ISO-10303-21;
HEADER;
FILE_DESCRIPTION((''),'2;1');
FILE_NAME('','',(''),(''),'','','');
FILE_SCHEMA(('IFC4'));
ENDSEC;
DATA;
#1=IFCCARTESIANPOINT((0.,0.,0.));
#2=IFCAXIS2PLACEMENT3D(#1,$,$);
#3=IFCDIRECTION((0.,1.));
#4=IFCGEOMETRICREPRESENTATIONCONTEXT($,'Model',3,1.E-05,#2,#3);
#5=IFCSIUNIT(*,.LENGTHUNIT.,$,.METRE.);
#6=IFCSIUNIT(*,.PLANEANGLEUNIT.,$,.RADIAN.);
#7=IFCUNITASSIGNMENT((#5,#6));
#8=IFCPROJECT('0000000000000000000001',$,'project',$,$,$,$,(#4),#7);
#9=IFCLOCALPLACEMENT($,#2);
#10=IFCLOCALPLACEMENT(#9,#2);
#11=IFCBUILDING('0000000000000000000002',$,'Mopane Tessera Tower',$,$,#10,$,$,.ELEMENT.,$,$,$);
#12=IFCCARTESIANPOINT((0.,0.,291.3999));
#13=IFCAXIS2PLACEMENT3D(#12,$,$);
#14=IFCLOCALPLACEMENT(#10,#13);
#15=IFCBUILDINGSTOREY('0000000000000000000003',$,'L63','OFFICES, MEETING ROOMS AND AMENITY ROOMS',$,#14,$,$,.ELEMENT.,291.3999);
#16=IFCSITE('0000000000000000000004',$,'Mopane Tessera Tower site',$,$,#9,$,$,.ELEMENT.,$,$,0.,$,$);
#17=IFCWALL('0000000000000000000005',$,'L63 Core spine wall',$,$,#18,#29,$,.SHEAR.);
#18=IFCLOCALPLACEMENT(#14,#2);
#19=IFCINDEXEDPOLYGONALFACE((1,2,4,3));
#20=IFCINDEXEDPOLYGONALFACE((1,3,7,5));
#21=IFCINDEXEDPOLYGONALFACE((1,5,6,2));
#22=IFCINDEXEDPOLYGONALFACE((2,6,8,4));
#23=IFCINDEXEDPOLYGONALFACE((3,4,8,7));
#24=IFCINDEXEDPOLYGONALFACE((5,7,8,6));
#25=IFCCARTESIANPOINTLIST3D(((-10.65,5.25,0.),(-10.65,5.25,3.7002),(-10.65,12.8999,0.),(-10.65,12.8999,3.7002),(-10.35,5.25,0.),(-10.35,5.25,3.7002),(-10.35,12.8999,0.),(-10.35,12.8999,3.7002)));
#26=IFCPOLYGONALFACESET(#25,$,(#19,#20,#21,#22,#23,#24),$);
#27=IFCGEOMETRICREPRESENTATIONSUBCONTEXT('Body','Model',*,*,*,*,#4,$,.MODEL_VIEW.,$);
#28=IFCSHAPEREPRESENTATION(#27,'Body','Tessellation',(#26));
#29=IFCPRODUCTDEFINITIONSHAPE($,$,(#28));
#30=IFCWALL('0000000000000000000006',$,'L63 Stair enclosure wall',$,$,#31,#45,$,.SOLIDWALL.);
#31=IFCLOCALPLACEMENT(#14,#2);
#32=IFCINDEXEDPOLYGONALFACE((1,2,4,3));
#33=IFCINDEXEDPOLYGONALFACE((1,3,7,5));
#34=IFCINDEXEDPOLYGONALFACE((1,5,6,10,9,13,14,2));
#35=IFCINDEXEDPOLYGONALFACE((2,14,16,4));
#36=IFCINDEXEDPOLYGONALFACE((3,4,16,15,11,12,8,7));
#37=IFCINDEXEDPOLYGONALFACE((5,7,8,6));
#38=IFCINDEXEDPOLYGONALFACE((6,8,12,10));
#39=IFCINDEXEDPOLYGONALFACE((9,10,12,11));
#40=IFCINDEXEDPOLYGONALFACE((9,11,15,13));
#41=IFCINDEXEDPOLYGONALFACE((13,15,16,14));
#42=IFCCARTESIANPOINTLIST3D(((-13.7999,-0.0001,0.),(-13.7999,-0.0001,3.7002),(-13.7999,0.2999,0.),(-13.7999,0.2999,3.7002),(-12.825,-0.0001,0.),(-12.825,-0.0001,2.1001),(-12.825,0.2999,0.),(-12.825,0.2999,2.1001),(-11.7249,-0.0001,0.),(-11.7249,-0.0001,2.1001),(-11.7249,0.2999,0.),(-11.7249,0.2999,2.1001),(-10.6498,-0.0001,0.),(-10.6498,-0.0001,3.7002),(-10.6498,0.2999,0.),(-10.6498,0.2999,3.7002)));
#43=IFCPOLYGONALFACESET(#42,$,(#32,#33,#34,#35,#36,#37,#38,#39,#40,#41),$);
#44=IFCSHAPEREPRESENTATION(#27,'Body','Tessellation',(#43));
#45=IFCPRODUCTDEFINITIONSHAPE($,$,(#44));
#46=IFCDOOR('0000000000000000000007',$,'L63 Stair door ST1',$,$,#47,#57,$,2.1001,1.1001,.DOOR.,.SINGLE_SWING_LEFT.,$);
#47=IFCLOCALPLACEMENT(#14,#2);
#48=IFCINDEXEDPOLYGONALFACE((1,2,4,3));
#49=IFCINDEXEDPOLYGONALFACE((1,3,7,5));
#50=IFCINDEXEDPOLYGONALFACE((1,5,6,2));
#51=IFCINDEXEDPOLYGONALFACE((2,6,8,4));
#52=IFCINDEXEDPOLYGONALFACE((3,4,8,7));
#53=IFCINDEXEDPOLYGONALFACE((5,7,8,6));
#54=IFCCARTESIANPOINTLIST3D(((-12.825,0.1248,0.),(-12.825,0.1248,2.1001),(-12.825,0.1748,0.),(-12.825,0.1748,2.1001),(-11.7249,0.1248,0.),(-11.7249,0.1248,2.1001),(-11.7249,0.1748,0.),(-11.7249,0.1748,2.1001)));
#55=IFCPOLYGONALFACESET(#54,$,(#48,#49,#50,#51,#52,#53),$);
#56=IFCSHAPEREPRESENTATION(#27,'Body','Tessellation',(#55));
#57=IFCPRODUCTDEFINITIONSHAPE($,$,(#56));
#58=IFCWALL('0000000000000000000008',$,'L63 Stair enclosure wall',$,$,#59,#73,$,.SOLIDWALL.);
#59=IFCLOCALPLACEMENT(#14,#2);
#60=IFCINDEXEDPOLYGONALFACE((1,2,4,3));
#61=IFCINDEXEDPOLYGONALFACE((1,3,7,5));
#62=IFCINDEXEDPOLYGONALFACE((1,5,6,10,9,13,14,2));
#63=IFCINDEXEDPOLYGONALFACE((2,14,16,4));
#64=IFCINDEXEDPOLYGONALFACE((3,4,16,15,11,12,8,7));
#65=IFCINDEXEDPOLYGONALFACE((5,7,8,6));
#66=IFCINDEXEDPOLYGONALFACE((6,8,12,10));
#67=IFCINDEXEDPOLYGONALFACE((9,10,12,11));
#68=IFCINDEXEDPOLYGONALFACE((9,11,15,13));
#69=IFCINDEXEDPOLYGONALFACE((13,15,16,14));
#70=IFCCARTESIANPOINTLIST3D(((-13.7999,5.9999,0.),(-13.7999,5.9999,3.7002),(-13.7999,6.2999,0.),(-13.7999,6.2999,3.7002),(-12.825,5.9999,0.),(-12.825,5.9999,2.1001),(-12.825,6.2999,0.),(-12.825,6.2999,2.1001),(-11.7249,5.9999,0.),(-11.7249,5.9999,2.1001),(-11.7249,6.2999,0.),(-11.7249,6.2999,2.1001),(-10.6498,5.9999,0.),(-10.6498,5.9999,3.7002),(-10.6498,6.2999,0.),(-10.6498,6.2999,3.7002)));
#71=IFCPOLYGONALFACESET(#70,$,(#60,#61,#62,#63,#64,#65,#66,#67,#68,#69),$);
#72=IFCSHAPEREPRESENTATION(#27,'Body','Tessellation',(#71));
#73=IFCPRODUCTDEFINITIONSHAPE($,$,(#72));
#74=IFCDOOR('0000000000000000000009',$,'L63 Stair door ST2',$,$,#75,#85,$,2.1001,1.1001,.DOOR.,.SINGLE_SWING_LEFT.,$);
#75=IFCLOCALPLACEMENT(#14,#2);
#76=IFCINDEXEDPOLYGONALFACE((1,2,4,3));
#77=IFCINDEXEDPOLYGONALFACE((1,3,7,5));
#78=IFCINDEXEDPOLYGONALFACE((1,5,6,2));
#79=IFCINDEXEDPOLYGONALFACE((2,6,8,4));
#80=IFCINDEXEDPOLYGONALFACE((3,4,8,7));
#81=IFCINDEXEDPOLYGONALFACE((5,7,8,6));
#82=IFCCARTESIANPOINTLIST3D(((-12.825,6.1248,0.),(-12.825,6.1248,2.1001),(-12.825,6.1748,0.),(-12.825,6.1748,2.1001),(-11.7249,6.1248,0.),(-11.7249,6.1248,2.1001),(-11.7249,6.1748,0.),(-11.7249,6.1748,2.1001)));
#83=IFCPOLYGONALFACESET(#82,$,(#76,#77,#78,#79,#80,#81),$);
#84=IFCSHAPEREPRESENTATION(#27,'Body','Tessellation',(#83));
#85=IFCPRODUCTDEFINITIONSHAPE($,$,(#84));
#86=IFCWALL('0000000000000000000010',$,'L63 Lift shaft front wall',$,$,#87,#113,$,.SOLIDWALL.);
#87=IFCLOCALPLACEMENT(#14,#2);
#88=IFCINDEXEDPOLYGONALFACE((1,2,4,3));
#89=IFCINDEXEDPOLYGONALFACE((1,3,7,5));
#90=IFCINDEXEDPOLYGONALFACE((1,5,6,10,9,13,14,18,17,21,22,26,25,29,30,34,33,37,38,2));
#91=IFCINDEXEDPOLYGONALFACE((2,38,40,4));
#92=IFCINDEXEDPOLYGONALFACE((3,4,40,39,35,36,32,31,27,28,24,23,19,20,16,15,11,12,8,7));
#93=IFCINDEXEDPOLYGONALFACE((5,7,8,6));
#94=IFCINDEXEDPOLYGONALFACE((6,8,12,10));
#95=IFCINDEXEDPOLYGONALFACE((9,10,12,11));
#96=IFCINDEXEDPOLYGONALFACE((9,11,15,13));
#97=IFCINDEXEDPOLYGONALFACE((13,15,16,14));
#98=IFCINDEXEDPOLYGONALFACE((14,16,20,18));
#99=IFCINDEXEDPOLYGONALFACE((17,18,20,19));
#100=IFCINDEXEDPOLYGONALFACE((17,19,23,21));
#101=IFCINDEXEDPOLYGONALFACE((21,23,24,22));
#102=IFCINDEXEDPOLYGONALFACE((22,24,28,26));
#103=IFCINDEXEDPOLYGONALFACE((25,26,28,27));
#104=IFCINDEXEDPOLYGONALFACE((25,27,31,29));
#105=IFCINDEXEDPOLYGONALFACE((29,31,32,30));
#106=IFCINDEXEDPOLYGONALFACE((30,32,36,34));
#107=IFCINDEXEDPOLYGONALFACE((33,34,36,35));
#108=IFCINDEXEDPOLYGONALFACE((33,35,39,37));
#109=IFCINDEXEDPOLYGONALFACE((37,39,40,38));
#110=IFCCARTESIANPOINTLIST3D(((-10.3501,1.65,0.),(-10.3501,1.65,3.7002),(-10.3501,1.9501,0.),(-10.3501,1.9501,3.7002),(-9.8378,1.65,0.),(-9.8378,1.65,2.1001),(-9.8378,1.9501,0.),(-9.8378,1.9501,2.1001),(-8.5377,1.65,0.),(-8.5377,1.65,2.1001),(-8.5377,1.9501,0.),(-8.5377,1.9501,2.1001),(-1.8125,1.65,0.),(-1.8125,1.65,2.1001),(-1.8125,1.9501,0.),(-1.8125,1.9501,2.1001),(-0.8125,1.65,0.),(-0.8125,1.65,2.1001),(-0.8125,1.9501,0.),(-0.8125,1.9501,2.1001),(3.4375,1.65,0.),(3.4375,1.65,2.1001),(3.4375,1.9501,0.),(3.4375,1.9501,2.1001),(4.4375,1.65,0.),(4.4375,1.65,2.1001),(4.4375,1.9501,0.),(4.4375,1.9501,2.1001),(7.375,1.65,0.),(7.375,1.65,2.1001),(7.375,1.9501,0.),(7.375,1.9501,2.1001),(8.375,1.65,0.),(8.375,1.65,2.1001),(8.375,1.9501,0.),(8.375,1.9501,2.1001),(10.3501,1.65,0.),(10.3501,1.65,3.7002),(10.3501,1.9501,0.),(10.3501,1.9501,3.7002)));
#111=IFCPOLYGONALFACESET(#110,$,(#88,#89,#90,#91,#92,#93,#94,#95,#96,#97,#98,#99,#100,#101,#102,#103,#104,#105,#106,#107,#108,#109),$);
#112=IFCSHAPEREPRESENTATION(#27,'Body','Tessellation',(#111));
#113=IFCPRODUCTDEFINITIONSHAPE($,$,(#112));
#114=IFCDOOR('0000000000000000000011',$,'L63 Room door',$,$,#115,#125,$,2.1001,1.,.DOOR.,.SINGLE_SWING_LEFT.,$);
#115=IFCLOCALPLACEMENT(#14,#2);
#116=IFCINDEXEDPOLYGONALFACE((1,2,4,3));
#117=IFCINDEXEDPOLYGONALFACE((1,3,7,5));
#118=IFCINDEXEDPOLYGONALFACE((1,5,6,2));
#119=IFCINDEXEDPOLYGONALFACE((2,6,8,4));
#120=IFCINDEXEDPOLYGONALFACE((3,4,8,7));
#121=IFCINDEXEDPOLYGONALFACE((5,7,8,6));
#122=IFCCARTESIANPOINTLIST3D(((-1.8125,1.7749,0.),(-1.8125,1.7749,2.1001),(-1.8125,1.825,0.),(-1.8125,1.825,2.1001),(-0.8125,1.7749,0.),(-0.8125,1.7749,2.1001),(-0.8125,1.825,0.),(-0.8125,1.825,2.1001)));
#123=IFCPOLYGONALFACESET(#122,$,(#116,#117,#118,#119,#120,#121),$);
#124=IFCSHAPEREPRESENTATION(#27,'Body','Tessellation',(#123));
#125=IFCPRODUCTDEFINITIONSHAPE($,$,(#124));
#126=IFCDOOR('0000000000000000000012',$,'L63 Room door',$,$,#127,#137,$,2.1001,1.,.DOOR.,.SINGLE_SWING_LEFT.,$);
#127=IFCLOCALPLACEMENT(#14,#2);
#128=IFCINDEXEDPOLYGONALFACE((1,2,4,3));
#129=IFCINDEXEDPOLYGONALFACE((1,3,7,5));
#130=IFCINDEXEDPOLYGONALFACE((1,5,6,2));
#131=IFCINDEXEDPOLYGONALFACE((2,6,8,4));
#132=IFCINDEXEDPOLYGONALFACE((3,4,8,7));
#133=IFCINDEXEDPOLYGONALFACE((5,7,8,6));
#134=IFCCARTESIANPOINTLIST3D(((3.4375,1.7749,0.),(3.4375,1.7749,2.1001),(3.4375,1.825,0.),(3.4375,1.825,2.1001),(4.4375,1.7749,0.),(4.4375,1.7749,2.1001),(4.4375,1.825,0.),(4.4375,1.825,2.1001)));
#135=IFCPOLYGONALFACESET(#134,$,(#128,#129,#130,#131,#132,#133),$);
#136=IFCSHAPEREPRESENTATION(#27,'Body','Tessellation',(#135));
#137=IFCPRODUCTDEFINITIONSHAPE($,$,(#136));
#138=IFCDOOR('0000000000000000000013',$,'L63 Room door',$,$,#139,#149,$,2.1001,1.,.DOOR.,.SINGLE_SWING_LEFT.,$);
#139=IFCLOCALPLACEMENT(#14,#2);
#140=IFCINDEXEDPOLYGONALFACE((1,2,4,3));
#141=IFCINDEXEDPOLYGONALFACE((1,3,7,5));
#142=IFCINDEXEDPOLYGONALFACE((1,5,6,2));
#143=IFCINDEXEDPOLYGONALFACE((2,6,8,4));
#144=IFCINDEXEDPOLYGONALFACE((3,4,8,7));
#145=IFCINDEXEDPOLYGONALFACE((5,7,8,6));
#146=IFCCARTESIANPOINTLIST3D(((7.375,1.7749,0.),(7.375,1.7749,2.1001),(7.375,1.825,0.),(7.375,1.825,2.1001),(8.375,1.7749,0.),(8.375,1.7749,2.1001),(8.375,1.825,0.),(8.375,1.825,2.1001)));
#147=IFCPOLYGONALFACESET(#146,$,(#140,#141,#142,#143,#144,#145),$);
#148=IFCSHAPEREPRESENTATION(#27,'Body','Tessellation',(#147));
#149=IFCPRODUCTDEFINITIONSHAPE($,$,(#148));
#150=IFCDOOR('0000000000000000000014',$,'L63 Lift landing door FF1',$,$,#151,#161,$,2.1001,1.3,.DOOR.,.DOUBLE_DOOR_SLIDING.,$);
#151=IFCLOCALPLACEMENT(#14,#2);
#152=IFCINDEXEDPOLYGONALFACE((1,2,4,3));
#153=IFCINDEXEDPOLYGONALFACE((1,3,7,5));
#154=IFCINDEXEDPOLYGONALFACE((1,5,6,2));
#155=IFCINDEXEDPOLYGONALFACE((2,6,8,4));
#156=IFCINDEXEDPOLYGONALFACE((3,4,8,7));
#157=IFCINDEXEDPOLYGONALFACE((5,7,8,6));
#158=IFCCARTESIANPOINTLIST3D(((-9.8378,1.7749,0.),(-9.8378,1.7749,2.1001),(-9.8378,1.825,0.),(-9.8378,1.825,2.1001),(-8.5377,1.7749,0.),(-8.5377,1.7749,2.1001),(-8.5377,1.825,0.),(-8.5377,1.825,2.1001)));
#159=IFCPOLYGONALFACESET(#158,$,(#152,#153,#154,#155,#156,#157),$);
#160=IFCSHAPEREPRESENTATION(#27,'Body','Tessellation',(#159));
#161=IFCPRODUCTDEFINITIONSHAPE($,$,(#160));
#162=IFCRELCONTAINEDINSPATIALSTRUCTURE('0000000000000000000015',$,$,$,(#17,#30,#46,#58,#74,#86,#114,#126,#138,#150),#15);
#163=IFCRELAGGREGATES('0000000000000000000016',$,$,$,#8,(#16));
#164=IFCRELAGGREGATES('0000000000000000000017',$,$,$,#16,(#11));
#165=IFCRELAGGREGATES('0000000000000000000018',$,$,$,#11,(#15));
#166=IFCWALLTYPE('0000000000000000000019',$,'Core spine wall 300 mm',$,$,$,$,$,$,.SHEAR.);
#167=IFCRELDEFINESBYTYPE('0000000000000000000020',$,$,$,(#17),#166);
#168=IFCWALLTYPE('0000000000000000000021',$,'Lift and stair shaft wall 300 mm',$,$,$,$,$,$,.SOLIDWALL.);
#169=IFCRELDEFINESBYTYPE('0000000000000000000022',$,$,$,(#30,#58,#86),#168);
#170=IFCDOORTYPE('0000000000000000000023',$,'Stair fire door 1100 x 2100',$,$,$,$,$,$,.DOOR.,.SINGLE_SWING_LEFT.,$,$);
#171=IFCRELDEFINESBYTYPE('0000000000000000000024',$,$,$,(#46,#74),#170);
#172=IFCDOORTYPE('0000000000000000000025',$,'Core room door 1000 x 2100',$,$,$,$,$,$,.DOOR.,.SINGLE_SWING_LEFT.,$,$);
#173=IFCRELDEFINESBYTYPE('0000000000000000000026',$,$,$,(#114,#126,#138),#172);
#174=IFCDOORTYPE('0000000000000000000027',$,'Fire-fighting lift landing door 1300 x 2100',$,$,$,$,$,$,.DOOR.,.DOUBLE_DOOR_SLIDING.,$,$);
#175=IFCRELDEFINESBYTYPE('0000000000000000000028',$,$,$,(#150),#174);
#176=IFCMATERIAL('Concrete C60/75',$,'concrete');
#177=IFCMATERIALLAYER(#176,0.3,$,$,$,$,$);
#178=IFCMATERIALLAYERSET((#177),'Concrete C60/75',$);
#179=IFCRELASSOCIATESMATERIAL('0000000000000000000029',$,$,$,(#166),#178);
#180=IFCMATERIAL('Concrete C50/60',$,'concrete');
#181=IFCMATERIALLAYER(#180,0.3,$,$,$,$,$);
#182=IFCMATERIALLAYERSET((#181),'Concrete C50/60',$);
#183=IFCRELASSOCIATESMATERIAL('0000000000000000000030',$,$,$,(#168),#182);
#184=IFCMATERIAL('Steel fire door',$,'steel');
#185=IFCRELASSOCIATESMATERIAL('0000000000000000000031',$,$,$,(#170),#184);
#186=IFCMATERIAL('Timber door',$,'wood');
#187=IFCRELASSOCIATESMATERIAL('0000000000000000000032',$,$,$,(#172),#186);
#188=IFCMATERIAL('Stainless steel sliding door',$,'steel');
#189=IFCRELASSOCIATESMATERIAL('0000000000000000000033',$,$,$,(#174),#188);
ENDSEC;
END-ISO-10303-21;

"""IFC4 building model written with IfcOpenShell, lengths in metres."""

from ifc_helpers import new_model, si_unit, direction, frame, frame_2d, origin, place, context, subcontext, project, spatial, rectangle, extrude, material, layer, layer_set, type_object, element, fill, save


model = new_model("IFC4")

# Units and contexts
model_context = context("Model", 3, precision=1e-05, world=origin(), true_north=direction((0.0, 1.0)))
body_context = subcontext(model_context, "Body", "Model", "MODEL_VIEW")
ifc_project = project(units=[si_unit("LENGTHUNIT", "METRE"), si_unit("PLANEANGLEUNIT", "RADIAN")], contexts=[model_context])

# Site, building, storey
site_placement = place(None, origin())
site = spatial("IfcSite", under=ifc_project, at=site_placement, Name="Mopane Tessera Tower site", CompositionType="ELEMENT", RefElevation=0.0)
building_placement = place(site_placement, origin())
building = spatial("IfcBuilding", under=site, at=building_placement, Name="Mopane Tessera Tower", CompositionType="ELEMENT")
storey_placement = place(building_placement, frame((0.0, 0.0, 291.3999)))
storey = spatial("IfcBuildingStorey", under=building, at=storey_placement, Name="L63", Description="OFFICES, MEETING ROOMS AND AMENITY ROOMS", CompositionType="ELEMENT", Elevation=291.3999)

# Wall
ifc_material_1 = material(Name="Concrete C60/75", Category="concrete")
ifc_layer_1 = layer(ifc_material_1, 0.3)
ifc_layer_set_1 = layer_set([ifc_layer_1], Name="Concrete C60/75")
wall_type_1 = type_object("IfcWallType", Name="Core spine wall 300 mm", PredefinedType="SHEAR", material=ifc_layer_set_1)
wall_1_placement = place(storey_placement, frame((-10.5, 5.25, 0.0), z_axis=(0.0, 0.0, 1.0), x_axis=(0.0, 1.0, 0.0)))
element("IfcWall", 1, at=wall_1_placement, inside=storey, type_object=wall_type_1, Name="L63 Core spine wall", PredefinedType="SHEAR", context=body_context, shape_type="SweptSolid", body=[
    extrude(rectangle(XDim=7.6499, YDim=0.3, at=frame_2d((3.825, 0.0))), origin(), (0.0, 0.0, 1.0), 3.7002),
])

# Walls, openings, doors
ifc_material_2 = material(Name="Concrete C50/60", Category="concrete")
ifc_layer_2 = layer(ifc_material_2, 0.3)
ifc_layer_set_2 = layer_set([ifc_layer_2], Name="Concrete C50/60")
wall_type_2 = type_object("IfcWallType", Name="Lift and stair shaft wall 300 mm", PredefinedType="SOLIDWALL", material=ifc_layer_set_2)
wall_2_placement = place(storey_placement, frame((-13.8, 0.1499, 0.0), z_axis=(0.0, 0.0, 1.0), x_axis=(1.0, 0.0, 0.0)))
wall_2 = element("IfcWall", 2, at=wall_2_placement, inside=storey, type_object=wall_type_2, Name="L63 Stair enclosure wall", PredefinedType="SOLIDWALL", context=body_context, shape_type="SweptSolid", body=[
    extrude(rectangle(XDim=3.1501, YDim=0.3, at=frame_2d((1.5752, 0.0))), origin(), (0.0, 0.0, 1.0), 3.7002),
])
opening_1_placement = place(wall_2_placement, frame((0.9751, 0.0, 0.0)))
opening_1 = element("IfcOpeningElement", 3, at=opening_1_placement, cuts=wall_2, PredefinedType="OPENING", context=body_context, shape_type="SweptSolid", body=[
    extrude(rectangle(XDim=1.1001, YDim=2.1001, at=frame_2d((0.55, 1.05))), frame((0.0, 0.1621, 0.0), z_axis=(0.0, -1.0, 0.0), x_axis=(1.0, 0.0, 0.0)), (0.0, 0.0, 1.0), 0.324),
])
ifc_material_3 = material(Name="Steel fire door", Category="steel")
door_type_1 = type_object("IfcDoorType", Name="Stair fire door 1100 x 2100", OperationType="SINGLE_SWING_LEFT", PredefinedType="DOOR", material=ifc_material_3)
door_1_placement = place(opening_1_placement, origin())
door_1 = element("IfcDoor", 4, at=door_1_placement, inside=storey, type_object=door_type_1, Name="L63 Stair door ST1", OperationType="SINGLE_SWING_LEFT", OverallHeight=2.1001, OverallWidth=1.1001, PredefinedType="DOOR", context=body_context, shape_type="SweptSolid", body=[
    extrude(rectangle(XDim=1.1001, YDim=2.1001, at=frame_2d((0.55, 1.05))), frame((0.0, 0.0249, 0.0), z_axis=(0.0, -1.0, 0.0), x_axis=(1.0, 0.0, 0.0)), (0.0, 0.0, 1.0), 0.05),
])
fill(opening_1, door_1)
wall_3_placement = place(storey_placement, frame((-13.8, 6.1499, 0.0), z_axis=(0.0, 0.0, 1.0), x_axis=(1.0, 0.0, 0.0)))
wall_3 = element("IfcWall", 5, at=wall_3_placement, inside=storey, type_object=wall_type_2, Name="L63 Stair enclosure wall", PredefinedType="SOLIDWALL", context=body_context, shape_type="SweptSolid", body=[
    extrude(rectangle(XDim=3.1501, YDim=0.3, at=frame_2d((1.5752, 0.0))), origin(), (0.0, 0.0, 1.0), 3.7002),
])
opening_2_placement = place(wall_3_placement, frame((0.9751, 0.0, 0.0)))
opening_2 = element("IfcOpeningElement", 6, at=opening_2_placement, cuts=wall_3, PredefinedType="OPENING", context=body_context, shape_type="SweptSolid", body=[
    extrude(rectangle(XDim=1.1001, YDim=2.1001, at=frame_2d((0.55, 1.05))), frame((0.0, 0.1621, 0.0), z_axis=(0.0, -1.0, 0.0), x_axis=(1.0, 0.0, 0.0)), (0.0, 0.0, 1.0), 0.324),
])
door_2_placement = place(opening_2_placement, origin())
door_2 = element("IfcDoor", 7, at=door_2_placement, inside=storey, type_object=door_type_1, Name="L63 Stair door ST2", OperationType="SINGLE_SWING_LEFT", OverallHeight=2.1001, OverallWidth=1.1001, PredefinedType="DOOR", context=body_context, shape_type="SweptSolid", body=[
    extrude(rectangle(XDim=1.1001, YDim=2.1001, at=frame_2d((0.55, 1.05))), frame((0.0, 0.0249, 0.0), z_axis=(0.0, -1.0, 0.0), x_axis=(1.0, 0.0, 0.0)), (0.0, 0.0, 1.0), 0.05),
])
fill(opening_2, door_2)

# Wall, openings, doors
wall_4_placement = place(storey_placement, frame((-10.3501, 1.8, 0.0), z_axis=(0.0, 0.0, 1.0), x_axis=(1.0, 0.0, 0.0)))
wall_4 = element("IfcWall", 8, at=wall_4_placement, inside=storey, type_object=wall_type_2, Name="L63 Lift shaft front wall", PredefinedType="SOLIDWALL", context=body_context, shape_type="SweptSolid", body=[
    extrude(rectangle(XDim=20.7002, YDim=0.3, at=frame_2d((10.3501, 0.0))), origin(), (0.0, 0.0, 1.0), 3.7002),
])
opening_3_placement = place(wall_4_placement, frame((0.5125, 0.0, 0.0)))
opening_3 = element("IfcOpeningElement", 9, at=opening_3_placement, cuts=wall_4, PredefinedType="OPENING", context=body_context, shape_type="SweptSolid", body=[
    extrude(rectangle(XDim=1.3, YDim=2.1001, at=frame_2d((0.6499, 1.05))), frame((0.0, 0.1621, 0.0), z_axis=(0.0, -1.0, 0.0), x_axis=(1.0, 0.0, 0.0)), (0.0, 0.0, 1.0), 0.324),
])
opening_4_placement = place(wall_4_placement, frame((8.5376, 0.0, 0.0)))
opening_4 = element("IfcOpeningElement", 10, at=opening_4_placement, cuts=wall_4, PredefinedType="OPENING", context=body_context, shape_type="SweptSolid", body=[
    extrude(rectangle(XDim=1.0, YDim=2.1001, at=frame_2d((0.5, 1.05))), frame((0.0, 0.1621, 0.0), z_axis=(0.0, -1.0, 0.0), x_axis=(1.0, 0.0, 0.0)), (0.0, 0.0, 1.0), 0.324),
])
opening_5_placement = place(wall_4_placement, frame((13.7876, 0.0, 0.0)))
opening_5 = element("IfcOpeningElement", 11, at=opening_5_placement, cuts=wall_4, PredefinedType="OPENING", context=body_context, shape_type="SweptSolid", body=[
    extrude(rectangle(XDim=1.0, YDim=2.1001, at=frame_2d((0.5, 1.05))), frame((0.0, 0.1621, 0.0), z_axis=(0.0, -1.0, 0.0), x_axis=(1.0, 0.0, 0.0)), (0.0, 0.0, 1.0), 0.324),
])
opening_6_placement = place(wall_4_placement, frame((17.7251, 0.0, 0.0)))
opening_6 = element("IfcOpeningElement", 12, at=opening_6_placement, cuts=wall_4, PredefinedType="OPENING", context=body_context, shape_type="SweptSolid", body=[
    extrude(rectangle(XDim=1.0, YDim=2.1001, at=frame_2d((0.5, 1.05))), frame((0.0, 0.1621, 0.0), z_axis=(0.0, -1.0, 0.0), x_axis=(1.0, 0.0, 0.0)), (0.0, 0.0, 1.0), 0.324),
])
ifc_material_4 = material(Name="Timber door", Category="wood")
door_type_2 = type_object("IfcDoorType", Name="Core room door 1000 x 2100", OperationType="SINGLE_SWING_LEFT", PredefinedType="DOOR", material=ifc_material_4)
door_3_placement = place(opening_4_placement, origin())
door_3 = element("IfcDoor", 13, at=door_3_placement, inside=storey, type_object=door_type_2, Name="L63 Room door", OperationType="SINGLE_SWING_LEFT", OverallHeight=2.1001, OverallWidth=1.0, PredefinedType="DOOR", context=body_context, shape_type="SweptSolid", body=[
    extrude(rectangle(XDim=1.0, YDim=2.1001, at=frame_2d((0.5, 1.05))), frame((0.0, 0.0249, 0.0), z_axis=(0.0, -1.0, 0.0), x_axis=(1.0, 0.0, 0.0)), (0.0, 0.0, 1.0), 0.05),
])
fill(opening_4, door_3)
door_4_placement = place(opening_5_placement, origin())
door_4 = element("IfcDoor", 14, at=door_4_placement, inside=storey, type_object=door_type_2, Name="L63 Room door", OperationType="SINGLE_SWING_LEFT", OverallHeight=2.1001, OverallWidth=1.0, PredefinedType="DOOR", context=body_context, shape_type="SweptSolid", body=[
    extrude(rectangle(XDim=1.0, YDim=2.1001, at=frame_2d((0.5, 1.05))), frame((0.0, 0.0249, 0.0), z_axis=(0.0, -1.0, 0.0), x_axis=(1.0, 0.0, 0.0)), (0.0, 0.0, 1.0), 0.05),
])
fill(opening_5, door_4)
door_5_placement = place(opening_6_placement, origin())
door_5 = element("IfcDoor", 15, at=door_5_placement, inside=storey, type_object=door_type_2, Name="L63 Room door", OperationType="SINGLE_SWING_LEFT", OverallHeight=2.1001, OverallWidth=1.0, PredefinedType="DOOR", context=body_context, shape_type="SweptSolid", body=[
    extrude(rectangle(XDim=1.0, YDim=2.1001, at=frame_2d((0.5, 1.05))), frame((0.0, 0.0249, 0.0), z_axis=(0.0, -1.0, 0.0), x_axis=(1.0, 0.0, 0.0)), (0.0, 0.0, 1.0), 0.05),
])
fill(opening_6, door_5)
ifc_material_5 = material(Name="Stainless steel sliding door", Category="steel")
door_type_3 = type_object("IfcDoorType", Name="Fire-fighting lift landing door 1300 x 2100", OperationType="DOUBLE_DOOR_SLIDING", PredefinedType="DOOR", material=ifc_material_5)
door_6_placement = place(opening_3_placement, origin())
door_6 = element("IfcDoor", 16, at=door_6_placement, inside=storey, type_object=door_type_3, Name="L63 Lift landing door FF1", OperationType="DOUBLE_DOOR_SLIDING", OverallHeight=2.1001, OverallWidth=1.3, PredefinedType="DOOR", context=body_context, shape_type="SweptSolid", body=[
    extrude(rectangle(XDim=1.3, YDim=2.1001, at=frame_2d((0.6499, 1.05))), frame((0.0, 0.0249, 0.0), z_axis=(0.0, -1.0, 0.0), x_axis=(1.0, 0.0, 0.0)), (0.0, 0.0, 1.0), 0.05),
])
fill(opening_3, door_6)

save(model, "model.ifc")
